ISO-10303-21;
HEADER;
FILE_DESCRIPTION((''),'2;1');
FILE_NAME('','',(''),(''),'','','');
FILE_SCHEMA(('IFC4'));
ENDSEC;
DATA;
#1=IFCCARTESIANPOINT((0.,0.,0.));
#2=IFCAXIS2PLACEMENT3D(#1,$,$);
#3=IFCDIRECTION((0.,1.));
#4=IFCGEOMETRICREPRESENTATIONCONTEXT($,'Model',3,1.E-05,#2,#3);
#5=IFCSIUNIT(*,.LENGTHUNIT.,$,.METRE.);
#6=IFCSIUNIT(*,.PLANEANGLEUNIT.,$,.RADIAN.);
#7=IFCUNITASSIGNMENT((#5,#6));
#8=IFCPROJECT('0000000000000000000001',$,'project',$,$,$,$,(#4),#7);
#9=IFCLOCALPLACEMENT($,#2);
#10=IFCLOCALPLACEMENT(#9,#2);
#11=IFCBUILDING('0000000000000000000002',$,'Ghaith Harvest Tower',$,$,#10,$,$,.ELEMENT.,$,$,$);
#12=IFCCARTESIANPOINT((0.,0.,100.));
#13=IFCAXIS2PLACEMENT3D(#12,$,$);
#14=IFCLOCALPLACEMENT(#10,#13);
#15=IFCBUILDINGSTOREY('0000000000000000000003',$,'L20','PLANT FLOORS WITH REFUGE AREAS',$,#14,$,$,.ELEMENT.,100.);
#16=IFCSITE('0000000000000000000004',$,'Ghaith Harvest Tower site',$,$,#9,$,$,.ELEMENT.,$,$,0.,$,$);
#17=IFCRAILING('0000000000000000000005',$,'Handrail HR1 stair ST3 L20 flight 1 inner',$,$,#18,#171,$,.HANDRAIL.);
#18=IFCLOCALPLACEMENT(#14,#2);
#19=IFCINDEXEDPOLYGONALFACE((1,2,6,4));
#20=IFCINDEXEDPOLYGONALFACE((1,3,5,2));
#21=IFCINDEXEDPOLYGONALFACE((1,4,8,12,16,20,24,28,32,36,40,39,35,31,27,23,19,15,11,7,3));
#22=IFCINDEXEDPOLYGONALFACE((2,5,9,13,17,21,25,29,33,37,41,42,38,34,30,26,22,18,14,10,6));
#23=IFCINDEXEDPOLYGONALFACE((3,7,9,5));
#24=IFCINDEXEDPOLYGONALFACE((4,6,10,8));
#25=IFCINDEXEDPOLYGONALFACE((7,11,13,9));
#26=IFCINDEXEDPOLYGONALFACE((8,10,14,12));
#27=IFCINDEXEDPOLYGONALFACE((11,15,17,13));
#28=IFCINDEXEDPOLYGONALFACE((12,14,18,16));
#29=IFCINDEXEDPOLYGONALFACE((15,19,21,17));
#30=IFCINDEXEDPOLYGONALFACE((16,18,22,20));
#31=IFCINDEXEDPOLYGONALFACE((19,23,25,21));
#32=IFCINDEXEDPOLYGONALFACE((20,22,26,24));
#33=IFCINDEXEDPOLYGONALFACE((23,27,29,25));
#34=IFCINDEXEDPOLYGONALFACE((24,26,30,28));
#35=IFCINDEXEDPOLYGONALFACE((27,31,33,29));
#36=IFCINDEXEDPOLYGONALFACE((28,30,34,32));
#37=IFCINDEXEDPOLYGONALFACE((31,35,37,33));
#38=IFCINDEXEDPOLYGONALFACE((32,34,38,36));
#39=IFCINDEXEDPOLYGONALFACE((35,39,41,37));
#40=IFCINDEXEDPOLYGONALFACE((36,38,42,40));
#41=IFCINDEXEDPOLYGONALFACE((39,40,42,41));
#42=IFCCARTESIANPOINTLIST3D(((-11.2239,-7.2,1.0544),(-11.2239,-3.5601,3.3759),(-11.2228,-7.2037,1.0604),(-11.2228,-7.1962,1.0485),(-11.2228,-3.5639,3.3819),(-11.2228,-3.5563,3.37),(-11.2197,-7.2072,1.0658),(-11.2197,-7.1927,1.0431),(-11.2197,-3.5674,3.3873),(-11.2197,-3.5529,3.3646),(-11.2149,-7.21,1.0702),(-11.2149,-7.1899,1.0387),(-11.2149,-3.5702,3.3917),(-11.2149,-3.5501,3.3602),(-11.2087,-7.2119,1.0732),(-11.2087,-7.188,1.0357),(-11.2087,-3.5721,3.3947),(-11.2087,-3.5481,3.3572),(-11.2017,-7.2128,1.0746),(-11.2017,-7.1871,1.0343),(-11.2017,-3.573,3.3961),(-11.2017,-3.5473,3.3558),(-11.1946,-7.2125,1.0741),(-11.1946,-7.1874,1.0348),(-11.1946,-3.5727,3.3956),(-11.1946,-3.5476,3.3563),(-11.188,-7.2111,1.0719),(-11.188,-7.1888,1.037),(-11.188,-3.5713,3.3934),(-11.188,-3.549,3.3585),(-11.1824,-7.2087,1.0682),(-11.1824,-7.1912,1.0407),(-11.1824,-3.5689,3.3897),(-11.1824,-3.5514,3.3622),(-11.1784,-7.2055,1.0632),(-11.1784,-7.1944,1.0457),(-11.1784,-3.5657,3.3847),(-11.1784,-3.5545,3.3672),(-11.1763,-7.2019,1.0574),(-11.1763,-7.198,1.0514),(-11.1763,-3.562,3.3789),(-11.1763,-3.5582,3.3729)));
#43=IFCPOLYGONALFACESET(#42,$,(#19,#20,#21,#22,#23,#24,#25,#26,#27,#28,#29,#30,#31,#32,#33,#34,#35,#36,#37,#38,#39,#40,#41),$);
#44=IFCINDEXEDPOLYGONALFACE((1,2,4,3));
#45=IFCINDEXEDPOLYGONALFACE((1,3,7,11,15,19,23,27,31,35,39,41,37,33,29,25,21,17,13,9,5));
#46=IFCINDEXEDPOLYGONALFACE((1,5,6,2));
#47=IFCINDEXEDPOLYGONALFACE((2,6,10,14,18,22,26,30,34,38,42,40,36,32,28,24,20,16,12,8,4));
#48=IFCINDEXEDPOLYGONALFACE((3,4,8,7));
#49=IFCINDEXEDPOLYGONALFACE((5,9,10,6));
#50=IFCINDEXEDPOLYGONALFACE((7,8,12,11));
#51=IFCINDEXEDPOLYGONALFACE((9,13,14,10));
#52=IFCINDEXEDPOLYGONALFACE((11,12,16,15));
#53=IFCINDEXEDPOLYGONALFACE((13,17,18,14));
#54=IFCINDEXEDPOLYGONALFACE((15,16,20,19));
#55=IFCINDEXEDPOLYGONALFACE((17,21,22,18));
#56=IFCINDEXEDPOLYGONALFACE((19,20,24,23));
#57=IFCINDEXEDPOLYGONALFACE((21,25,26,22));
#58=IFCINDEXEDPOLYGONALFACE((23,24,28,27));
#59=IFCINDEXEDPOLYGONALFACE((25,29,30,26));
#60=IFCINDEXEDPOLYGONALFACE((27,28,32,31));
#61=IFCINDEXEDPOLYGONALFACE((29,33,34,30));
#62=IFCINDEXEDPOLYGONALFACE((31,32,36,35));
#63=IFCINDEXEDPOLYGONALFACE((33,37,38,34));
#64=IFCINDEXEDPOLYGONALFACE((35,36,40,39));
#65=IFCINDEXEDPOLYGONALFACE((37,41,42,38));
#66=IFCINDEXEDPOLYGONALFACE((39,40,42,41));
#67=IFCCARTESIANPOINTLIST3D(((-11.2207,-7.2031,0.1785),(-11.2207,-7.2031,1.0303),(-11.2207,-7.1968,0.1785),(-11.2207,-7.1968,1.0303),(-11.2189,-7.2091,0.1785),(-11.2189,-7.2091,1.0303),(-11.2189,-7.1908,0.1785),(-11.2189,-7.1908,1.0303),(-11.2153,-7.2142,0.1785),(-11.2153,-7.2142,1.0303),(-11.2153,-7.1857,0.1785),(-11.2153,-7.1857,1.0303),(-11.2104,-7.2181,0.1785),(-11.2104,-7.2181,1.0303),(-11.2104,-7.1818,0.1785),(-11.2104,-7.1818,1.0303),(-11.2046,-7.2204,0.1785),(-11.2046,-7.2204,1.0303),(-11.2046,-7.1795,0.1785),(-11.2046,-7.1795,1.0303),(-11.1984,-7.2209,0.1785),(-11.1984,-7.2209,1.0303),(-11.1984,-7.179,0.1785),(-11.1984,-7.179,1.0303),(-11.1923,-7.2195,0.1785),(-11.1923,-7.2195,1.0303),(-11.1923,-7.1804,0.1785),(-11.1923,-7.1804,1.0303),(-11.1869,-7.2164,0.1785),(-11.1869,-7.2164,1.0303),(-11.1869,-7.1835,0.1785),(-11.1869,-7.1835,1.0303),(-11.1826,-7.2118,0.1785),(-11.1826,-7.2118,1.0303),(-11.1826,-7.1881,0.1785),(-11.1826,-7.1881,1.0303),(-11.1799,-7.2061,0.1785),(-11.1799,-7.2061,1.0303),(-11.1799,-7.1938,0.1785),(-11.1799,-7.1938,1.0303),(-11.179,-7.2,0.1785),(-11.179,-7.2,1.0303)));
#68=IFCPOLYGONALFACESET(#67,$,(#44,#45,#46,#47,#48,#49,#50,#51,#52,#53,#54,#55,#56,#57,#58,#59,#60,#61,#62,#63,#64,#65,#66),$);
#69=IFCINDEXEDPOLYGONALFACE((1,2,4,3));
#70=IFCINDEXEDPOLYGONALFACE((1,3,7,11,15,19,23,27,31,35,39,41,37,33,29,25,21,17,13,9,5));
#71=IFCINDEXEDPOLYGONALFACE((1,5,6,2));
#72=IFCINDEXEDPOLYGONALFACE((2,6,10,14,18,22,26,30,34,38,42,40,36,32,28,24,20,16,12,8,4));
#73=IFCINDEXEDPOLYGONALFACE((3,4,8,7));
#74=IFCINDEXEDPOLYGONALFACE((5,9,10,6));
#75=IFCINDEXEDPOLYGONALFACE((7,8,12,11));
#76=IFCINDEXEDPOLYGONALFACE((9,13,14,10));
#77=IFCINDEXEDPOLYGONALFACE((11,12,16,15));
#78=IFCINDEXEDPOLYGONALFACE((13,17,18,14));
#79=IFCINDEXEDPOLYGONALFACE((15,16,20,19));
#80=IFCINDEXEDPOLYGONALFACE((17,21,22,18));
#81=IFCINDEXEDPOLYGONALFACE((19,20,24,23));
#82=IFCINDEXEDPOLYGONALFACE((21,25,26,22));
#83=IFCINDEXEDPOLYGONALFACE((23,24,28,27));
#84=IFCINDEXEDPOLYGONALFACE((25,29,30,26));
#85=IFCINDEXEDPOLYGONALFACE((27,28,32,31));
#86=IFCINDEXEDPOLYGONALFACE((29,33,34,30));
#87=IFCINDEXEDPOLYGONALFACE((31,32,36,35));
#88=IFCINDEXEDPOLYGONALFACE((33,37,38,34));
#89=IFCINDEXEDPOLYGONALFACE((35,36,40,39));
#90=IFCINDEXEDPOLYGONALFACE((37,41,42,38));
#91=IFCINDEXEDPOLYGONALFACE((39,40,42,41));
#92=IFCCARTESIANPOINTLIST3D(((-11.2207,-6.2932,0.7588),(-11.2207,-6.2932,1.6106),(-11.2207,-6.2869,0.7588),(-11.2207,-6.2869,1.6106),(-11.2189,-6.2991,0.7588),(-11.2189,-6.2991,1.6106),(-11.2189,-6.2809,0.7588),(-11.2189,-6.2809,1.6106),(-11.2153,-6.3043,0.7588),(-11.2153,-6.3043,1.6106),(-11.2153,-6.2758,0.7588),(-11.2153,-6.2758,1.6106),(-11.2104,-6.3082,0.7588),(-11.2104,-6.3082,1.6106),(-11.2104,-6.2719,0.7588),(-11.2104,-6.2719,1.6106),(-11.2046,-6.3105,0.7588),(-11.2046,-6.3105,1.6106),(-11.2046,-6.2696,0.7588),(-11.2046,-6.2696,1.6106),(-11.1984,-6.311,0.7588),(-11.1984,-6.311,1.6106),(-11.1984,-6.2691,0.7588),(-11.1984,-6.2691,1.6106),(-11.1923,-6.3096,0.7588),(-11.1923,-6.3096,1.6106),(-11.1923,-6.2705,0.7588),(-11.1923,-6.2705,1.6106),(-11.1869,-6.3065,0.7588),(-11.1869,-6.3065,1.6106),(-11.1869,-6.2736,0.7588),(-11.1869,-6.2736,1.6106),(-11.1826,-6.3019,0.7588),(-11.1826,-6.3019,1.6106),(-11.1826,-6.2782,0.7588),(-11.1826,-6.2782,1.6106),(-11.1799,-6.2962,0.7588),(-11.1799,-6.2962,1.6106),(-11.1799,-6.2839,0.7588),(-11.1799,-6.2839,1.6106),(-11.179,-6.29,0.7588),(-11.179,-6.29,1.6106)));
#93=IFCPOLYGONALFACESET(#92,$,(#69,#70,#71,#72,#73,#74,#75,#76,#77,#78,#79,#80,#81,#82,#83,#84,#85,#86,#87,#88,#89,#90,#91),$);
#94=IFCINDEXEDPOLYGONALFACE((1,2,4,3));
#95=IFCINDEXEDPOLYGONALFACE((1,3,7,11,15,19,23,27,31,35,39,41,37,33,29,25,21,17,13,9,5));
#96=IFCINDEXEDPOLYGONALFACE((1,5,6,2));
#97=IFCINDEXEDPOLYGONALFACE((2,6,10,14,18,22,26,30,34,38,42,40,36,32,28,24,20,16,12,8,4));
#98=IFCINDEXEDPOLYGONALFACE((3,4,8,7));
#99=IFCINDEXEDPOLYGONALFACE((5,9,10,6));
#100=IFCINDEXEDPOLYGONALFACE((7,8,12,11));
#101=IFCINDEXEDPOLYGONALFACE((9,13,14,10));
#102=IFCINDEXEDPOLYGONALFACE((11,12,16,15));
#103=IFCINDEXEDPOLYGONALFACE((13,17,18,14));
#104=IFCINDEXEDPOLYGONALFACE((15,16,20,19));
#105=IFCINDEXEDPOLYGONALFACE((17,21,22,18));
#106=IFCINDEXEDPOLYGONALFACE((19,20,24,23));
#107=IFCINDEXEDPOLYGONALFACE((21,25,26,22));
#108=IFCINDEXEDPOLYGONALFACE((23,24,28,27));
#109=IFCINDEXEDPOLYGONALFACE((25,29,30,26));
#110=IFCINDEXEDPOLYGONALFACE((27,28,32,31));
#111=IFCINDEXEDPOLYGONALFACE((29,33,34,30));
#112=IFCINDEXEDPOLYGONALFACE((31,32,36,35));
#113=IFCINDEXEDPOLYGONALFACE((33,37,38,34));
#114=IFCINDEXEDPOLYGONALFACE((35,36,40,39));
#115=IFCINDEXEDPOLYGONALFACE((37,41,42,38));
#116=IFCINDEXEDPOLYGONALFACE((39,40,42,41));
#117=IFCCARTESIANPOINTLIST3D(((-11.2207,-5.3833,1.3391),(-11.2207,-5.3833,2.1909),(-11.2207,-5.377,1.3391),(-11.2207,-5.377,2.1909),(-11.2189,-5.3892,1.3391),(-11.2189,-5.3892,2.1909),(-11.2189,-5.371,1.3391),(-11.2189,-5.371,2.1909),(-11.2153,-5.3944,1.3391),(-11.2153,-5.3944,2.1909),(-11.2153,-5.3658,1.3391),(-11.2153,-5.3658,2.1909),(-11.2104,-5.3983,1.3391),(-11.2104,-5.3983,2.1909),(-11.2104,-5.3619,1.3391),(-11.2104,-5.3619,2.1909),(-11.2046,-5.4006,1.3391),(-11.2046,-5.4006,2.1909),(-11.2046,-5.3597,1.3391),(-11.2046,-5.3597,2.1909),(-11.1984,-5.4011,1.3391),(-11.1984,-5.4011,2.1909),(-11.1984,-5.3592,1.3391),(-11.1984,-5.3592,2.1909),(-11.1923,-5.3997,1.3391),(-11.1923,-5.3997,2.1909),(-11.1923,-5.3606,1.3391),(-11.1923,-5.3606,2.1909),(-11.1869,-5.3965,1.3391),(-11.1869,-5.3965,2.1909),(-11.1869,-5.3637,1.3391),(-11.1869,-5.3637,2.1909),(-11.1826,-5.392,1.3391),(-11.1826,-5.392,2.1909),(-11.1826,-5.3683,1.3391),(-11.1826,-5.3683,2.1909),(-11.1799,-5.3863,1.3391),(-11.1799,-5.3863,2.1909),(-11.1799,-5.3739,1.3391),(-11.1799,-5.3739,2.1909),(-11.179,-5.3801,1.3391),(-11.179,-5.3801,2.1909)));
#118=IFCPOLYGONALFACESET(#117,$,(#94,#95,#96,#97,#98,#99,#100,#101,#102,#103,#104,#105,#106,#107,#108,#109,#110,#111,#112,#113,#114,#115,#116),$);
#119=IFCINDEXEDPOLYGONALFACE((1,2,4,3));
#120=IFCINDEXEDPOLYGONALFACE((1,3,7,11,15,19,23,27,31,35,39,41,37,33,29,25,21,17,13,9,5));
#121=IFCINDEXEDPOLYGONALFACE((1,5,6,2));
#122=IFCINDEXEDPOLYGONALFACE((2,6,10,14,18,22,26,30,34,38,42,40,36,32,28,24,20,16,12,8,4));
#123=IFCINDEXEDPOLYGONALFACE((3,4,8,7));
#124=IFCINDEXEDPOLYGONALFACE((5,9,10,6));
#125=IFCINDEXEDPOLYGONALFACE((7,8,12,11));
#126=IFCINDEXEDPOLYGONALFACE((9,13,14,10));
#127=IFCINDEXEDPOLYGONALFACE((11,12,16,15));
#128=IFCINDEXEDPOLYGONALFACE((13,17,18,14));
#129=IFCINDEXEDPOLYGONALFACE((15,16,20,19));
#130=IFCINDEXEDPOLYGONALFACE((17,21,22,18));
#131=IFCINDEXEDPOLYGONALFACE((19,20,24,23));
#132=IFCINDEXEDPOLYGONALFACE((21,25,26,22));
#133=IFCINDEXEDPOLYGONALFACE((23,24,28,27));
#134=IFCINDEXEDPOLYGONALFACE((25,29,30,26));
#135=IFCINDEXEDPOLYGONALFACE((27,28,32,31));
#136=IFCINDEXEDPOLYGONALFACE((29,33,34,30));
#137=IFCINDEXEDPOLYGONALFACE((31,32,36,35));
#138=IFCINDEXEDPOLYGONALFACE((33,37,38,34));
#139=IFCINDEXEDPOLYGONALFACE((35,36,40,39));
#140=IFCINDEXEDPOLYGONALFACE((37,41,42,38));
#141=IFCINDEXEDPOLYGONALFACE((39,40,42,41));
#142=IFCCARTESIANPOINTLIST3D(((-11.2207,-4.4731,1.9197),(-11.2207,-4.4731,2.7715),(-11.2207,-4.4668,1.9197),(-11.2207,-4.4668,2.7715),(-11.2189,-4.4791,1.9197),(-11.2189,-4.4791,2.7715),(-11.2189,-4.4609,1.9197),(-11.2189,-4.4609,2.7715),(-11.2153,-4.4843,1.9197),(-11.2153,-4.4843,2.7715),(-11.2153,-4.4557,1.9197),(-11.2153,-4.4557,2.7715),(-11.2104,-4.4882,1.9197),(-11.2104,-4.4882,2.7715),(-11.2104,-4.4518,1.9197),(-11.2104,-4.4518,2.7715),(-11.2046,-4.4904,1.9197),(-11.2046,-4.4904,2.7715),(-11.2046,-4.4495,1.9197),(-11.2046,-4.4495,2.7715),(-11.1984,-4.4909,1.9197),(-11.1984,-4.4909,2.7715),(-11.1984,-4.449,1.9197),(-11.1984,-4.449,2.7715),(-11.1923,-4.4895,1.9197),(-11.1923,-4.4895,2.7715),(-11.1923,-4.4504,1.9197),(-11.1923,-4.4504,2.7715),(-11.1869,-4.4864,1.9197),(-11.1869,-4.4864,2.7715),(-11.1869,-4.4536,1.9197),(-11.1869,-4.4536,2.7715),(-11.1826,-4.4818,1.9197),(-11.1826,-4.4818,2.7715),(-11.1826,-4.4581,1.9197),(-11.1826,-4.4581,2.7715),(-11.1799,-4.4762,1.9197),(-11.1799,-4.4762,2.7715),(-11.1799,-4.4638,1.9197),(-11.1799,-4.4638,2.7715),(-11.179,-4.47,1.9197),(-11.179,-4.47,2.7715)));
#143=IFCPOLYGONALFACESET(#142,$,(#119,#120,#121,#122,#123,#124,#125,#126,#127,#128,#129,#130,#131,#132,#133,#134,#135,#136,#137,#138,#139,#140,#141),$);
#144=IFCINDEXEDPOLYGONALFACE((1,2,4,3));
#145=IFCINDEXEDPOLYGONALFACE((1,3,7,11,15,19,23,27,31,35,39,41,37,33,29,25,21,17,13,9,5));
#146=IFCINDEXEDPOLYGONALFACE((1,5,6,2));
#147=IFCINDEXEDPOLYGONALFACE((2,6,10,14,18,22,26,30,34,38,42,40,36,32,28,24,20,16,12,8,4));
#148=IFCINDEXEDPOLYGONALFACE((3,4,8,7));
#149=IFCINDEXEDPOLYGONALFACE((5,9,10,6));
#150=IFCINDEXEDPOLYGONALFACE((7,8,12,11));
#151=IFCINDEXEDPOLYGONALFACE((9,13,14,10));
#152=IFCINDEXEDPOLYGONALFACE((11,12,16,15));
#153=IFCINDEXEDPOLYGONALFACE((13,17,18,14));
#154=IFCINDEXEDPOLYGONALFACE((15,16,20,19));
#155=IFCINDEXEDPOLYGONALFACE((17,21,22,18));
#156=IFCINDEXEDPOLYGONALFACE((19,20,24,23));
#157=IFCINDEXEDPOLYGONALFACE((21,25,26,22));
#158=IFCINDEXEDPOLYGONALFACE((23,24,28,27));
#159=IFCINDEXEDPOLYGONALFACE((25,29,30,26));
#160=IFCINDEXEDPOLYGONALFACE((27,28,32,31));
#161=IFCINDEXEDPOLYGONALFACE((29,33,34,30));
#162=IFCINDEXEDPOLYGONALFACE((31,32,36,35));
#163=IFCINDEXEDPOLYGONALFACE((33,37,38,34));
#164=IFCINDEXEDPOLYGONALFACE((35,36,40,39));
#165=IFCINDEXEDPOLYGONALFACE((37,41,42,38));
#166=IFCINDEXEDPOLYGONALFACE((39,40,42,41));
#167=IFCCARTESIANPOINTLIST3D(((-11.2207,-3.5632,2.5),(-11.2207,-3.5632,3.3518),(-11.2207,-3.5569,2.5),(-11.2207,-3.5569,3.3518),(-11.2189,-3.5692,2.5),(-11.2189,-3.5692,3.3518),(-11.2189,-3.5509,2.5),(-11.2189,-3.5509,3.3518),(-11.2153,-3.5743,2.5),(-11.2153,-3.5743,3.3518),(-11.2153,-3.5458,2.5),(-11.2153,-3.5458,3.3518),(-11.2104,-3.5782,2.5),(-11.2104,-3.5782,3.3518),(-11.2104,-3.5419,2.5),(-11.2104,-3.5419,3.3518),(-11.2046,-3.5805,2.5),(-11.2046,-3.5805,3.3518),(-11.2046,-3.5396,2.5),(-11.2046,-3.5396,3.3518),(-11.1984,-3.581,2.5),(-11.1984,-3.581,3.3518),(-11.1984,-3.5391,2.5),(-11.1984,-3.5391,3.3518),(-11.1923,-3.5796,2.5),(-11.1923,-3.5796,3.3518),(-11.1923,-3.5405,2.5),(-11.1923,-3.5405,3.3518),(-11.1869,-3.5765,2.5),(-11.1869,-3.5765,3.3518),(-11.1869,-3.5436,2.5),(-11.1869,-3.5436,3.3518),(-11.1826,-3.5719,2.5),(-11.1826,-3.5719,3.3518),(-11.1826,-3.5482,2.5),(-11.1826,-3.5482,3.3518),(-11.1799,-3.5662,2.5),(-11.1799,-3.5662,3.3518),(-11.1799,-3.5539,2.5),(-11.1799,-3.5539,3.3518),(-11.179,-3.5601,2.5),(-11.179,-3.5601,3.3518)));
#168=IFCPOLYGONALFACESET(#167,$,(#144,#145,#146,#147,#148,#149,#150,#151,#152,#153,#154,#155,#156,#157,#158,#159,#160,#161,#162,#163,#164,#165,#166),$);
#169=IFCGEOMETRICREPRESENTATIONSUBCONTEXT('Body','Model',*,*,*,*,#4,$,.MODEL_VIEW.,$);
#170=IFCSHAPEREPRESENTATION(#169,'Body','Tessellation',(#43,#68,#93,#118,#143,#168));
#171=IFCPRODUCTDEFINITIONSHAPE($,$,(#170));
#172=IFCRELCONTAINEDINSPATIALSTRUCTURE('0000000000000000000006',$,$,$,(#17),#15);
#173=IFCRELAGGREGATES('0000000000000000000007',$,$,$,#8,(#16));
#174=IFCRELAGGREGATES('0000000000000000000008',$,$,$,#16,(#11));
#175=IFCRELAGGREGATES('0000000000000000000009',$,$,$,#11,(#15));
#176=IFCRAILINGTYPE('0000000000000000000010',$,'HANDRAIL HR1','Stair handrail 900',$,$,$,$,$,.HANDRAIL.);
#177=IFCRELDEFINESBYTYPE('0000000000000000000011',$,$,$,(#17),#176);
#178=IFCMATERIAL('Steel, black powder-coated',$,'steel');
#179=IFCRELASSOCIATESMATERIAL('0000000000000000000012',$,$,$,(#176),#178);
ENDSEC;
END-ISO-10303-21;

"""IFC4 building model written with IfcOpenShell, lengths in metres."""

from ifc_helpers import new_model, si_unit, direction, frame, origin, origin_2d, place, context, subcontext, project, spatial, circle, extrude, material, type_object, element, save


model = new_model("IFC4")

# Units and contexts
model_context = context("Model", 3, precision=1e-05, world=origin(), true_north=direction((0.0, 1.0)))
body_context = subcontext(model_context, "Body", "Model", "MODEL_VIEW")
ifc_project = project(units=[si_unit("LENGTHUNIT", "METRE"), si_unit("PLANEANGLEUNIT", "RADIAN")], contexts=[model_context])

# Site, building, storey
site_placement = place(None, origin())
site = spatial("IfcSite", under=ifc_project, at=site_placement, Name="Ghaith Harvest Tower site", CompositionType="ELEMENT", RefElevation=0.0)
building_placement = place(site_placement, origin())
building = spatial("IfcBuilding", under=site, at=building_placement, Name="Ghaith Harvest Tower", CompositionType="ELEMENT")
storey_placement = place(building_placement, frame((0.0, 0.0, 100.0)))
storey = spatial("IfcBuildingStorey", under=building, at=storey_placement, Name="L20", Description="PLANT FLOORS WITH REFUGE AREAS", CompositionType="ELEMENT", Elevation=100.0)

# Railing
ifc_material_1 = material(Name="Steel, black powder-coated", Category="steel")
railing_type = type_object("IfcRailingType", Name="HANDRAIL HR1", Description="Stair handrail 900", PredefinedType="HANDRAIL", material=ifc_material_1)
railing_1_placement = place(storey_placement, frame((-11.2, -7.2, 0.1785)))
element("IfcRailing", 1, at=railing_1_placement, inside=storey, type_object=railing_type, Name="Handrail HR1 stair ST3 L20 flight 1 inner", PredefinedType="HANDRAIL", context=body_context, shape_type="SweptSolid", body=[
    extrude(circle(Radius=0.0239, at=origin_2d()), frame((0.0, 0.0, 0.876), z_axis=(0.0, 0.843112, 0.537739), x_axis=(-1.0, 0.0, 0.0)), (0.0, 0.0, 1.0), 4.3171),
    extrude(circle(Radius=0.021, at=origin_2d()), origin(), (0.0, 0.0, 1.0), 0.8518),
    extrude(circle(Radius=0.021, at=origin_2d()), frame((0.0, 0.9099, 0.5803)), (0.0, 0.0, 1.0), 0.8518),
    extrude(circle(Radius=0.021, at=origin_2d()), frame((0.0, 1.8198, 1.1606)), (0.0, 0.0, 1.0), 0.8518),
    extrude(circle(Radius=0.021, at=origin_2d()), frame((0.0, 2.73, 1.7412)), (0.0, 0.0, 1.0), 0.8518),
    extrude(circle(Radius=0.021, at=origin_2d()), frame((0.0, 3.6399, 2.3215)), (0.0, 0.0, 1.0), 0.8518),
])

save(model, "model.ifc")
